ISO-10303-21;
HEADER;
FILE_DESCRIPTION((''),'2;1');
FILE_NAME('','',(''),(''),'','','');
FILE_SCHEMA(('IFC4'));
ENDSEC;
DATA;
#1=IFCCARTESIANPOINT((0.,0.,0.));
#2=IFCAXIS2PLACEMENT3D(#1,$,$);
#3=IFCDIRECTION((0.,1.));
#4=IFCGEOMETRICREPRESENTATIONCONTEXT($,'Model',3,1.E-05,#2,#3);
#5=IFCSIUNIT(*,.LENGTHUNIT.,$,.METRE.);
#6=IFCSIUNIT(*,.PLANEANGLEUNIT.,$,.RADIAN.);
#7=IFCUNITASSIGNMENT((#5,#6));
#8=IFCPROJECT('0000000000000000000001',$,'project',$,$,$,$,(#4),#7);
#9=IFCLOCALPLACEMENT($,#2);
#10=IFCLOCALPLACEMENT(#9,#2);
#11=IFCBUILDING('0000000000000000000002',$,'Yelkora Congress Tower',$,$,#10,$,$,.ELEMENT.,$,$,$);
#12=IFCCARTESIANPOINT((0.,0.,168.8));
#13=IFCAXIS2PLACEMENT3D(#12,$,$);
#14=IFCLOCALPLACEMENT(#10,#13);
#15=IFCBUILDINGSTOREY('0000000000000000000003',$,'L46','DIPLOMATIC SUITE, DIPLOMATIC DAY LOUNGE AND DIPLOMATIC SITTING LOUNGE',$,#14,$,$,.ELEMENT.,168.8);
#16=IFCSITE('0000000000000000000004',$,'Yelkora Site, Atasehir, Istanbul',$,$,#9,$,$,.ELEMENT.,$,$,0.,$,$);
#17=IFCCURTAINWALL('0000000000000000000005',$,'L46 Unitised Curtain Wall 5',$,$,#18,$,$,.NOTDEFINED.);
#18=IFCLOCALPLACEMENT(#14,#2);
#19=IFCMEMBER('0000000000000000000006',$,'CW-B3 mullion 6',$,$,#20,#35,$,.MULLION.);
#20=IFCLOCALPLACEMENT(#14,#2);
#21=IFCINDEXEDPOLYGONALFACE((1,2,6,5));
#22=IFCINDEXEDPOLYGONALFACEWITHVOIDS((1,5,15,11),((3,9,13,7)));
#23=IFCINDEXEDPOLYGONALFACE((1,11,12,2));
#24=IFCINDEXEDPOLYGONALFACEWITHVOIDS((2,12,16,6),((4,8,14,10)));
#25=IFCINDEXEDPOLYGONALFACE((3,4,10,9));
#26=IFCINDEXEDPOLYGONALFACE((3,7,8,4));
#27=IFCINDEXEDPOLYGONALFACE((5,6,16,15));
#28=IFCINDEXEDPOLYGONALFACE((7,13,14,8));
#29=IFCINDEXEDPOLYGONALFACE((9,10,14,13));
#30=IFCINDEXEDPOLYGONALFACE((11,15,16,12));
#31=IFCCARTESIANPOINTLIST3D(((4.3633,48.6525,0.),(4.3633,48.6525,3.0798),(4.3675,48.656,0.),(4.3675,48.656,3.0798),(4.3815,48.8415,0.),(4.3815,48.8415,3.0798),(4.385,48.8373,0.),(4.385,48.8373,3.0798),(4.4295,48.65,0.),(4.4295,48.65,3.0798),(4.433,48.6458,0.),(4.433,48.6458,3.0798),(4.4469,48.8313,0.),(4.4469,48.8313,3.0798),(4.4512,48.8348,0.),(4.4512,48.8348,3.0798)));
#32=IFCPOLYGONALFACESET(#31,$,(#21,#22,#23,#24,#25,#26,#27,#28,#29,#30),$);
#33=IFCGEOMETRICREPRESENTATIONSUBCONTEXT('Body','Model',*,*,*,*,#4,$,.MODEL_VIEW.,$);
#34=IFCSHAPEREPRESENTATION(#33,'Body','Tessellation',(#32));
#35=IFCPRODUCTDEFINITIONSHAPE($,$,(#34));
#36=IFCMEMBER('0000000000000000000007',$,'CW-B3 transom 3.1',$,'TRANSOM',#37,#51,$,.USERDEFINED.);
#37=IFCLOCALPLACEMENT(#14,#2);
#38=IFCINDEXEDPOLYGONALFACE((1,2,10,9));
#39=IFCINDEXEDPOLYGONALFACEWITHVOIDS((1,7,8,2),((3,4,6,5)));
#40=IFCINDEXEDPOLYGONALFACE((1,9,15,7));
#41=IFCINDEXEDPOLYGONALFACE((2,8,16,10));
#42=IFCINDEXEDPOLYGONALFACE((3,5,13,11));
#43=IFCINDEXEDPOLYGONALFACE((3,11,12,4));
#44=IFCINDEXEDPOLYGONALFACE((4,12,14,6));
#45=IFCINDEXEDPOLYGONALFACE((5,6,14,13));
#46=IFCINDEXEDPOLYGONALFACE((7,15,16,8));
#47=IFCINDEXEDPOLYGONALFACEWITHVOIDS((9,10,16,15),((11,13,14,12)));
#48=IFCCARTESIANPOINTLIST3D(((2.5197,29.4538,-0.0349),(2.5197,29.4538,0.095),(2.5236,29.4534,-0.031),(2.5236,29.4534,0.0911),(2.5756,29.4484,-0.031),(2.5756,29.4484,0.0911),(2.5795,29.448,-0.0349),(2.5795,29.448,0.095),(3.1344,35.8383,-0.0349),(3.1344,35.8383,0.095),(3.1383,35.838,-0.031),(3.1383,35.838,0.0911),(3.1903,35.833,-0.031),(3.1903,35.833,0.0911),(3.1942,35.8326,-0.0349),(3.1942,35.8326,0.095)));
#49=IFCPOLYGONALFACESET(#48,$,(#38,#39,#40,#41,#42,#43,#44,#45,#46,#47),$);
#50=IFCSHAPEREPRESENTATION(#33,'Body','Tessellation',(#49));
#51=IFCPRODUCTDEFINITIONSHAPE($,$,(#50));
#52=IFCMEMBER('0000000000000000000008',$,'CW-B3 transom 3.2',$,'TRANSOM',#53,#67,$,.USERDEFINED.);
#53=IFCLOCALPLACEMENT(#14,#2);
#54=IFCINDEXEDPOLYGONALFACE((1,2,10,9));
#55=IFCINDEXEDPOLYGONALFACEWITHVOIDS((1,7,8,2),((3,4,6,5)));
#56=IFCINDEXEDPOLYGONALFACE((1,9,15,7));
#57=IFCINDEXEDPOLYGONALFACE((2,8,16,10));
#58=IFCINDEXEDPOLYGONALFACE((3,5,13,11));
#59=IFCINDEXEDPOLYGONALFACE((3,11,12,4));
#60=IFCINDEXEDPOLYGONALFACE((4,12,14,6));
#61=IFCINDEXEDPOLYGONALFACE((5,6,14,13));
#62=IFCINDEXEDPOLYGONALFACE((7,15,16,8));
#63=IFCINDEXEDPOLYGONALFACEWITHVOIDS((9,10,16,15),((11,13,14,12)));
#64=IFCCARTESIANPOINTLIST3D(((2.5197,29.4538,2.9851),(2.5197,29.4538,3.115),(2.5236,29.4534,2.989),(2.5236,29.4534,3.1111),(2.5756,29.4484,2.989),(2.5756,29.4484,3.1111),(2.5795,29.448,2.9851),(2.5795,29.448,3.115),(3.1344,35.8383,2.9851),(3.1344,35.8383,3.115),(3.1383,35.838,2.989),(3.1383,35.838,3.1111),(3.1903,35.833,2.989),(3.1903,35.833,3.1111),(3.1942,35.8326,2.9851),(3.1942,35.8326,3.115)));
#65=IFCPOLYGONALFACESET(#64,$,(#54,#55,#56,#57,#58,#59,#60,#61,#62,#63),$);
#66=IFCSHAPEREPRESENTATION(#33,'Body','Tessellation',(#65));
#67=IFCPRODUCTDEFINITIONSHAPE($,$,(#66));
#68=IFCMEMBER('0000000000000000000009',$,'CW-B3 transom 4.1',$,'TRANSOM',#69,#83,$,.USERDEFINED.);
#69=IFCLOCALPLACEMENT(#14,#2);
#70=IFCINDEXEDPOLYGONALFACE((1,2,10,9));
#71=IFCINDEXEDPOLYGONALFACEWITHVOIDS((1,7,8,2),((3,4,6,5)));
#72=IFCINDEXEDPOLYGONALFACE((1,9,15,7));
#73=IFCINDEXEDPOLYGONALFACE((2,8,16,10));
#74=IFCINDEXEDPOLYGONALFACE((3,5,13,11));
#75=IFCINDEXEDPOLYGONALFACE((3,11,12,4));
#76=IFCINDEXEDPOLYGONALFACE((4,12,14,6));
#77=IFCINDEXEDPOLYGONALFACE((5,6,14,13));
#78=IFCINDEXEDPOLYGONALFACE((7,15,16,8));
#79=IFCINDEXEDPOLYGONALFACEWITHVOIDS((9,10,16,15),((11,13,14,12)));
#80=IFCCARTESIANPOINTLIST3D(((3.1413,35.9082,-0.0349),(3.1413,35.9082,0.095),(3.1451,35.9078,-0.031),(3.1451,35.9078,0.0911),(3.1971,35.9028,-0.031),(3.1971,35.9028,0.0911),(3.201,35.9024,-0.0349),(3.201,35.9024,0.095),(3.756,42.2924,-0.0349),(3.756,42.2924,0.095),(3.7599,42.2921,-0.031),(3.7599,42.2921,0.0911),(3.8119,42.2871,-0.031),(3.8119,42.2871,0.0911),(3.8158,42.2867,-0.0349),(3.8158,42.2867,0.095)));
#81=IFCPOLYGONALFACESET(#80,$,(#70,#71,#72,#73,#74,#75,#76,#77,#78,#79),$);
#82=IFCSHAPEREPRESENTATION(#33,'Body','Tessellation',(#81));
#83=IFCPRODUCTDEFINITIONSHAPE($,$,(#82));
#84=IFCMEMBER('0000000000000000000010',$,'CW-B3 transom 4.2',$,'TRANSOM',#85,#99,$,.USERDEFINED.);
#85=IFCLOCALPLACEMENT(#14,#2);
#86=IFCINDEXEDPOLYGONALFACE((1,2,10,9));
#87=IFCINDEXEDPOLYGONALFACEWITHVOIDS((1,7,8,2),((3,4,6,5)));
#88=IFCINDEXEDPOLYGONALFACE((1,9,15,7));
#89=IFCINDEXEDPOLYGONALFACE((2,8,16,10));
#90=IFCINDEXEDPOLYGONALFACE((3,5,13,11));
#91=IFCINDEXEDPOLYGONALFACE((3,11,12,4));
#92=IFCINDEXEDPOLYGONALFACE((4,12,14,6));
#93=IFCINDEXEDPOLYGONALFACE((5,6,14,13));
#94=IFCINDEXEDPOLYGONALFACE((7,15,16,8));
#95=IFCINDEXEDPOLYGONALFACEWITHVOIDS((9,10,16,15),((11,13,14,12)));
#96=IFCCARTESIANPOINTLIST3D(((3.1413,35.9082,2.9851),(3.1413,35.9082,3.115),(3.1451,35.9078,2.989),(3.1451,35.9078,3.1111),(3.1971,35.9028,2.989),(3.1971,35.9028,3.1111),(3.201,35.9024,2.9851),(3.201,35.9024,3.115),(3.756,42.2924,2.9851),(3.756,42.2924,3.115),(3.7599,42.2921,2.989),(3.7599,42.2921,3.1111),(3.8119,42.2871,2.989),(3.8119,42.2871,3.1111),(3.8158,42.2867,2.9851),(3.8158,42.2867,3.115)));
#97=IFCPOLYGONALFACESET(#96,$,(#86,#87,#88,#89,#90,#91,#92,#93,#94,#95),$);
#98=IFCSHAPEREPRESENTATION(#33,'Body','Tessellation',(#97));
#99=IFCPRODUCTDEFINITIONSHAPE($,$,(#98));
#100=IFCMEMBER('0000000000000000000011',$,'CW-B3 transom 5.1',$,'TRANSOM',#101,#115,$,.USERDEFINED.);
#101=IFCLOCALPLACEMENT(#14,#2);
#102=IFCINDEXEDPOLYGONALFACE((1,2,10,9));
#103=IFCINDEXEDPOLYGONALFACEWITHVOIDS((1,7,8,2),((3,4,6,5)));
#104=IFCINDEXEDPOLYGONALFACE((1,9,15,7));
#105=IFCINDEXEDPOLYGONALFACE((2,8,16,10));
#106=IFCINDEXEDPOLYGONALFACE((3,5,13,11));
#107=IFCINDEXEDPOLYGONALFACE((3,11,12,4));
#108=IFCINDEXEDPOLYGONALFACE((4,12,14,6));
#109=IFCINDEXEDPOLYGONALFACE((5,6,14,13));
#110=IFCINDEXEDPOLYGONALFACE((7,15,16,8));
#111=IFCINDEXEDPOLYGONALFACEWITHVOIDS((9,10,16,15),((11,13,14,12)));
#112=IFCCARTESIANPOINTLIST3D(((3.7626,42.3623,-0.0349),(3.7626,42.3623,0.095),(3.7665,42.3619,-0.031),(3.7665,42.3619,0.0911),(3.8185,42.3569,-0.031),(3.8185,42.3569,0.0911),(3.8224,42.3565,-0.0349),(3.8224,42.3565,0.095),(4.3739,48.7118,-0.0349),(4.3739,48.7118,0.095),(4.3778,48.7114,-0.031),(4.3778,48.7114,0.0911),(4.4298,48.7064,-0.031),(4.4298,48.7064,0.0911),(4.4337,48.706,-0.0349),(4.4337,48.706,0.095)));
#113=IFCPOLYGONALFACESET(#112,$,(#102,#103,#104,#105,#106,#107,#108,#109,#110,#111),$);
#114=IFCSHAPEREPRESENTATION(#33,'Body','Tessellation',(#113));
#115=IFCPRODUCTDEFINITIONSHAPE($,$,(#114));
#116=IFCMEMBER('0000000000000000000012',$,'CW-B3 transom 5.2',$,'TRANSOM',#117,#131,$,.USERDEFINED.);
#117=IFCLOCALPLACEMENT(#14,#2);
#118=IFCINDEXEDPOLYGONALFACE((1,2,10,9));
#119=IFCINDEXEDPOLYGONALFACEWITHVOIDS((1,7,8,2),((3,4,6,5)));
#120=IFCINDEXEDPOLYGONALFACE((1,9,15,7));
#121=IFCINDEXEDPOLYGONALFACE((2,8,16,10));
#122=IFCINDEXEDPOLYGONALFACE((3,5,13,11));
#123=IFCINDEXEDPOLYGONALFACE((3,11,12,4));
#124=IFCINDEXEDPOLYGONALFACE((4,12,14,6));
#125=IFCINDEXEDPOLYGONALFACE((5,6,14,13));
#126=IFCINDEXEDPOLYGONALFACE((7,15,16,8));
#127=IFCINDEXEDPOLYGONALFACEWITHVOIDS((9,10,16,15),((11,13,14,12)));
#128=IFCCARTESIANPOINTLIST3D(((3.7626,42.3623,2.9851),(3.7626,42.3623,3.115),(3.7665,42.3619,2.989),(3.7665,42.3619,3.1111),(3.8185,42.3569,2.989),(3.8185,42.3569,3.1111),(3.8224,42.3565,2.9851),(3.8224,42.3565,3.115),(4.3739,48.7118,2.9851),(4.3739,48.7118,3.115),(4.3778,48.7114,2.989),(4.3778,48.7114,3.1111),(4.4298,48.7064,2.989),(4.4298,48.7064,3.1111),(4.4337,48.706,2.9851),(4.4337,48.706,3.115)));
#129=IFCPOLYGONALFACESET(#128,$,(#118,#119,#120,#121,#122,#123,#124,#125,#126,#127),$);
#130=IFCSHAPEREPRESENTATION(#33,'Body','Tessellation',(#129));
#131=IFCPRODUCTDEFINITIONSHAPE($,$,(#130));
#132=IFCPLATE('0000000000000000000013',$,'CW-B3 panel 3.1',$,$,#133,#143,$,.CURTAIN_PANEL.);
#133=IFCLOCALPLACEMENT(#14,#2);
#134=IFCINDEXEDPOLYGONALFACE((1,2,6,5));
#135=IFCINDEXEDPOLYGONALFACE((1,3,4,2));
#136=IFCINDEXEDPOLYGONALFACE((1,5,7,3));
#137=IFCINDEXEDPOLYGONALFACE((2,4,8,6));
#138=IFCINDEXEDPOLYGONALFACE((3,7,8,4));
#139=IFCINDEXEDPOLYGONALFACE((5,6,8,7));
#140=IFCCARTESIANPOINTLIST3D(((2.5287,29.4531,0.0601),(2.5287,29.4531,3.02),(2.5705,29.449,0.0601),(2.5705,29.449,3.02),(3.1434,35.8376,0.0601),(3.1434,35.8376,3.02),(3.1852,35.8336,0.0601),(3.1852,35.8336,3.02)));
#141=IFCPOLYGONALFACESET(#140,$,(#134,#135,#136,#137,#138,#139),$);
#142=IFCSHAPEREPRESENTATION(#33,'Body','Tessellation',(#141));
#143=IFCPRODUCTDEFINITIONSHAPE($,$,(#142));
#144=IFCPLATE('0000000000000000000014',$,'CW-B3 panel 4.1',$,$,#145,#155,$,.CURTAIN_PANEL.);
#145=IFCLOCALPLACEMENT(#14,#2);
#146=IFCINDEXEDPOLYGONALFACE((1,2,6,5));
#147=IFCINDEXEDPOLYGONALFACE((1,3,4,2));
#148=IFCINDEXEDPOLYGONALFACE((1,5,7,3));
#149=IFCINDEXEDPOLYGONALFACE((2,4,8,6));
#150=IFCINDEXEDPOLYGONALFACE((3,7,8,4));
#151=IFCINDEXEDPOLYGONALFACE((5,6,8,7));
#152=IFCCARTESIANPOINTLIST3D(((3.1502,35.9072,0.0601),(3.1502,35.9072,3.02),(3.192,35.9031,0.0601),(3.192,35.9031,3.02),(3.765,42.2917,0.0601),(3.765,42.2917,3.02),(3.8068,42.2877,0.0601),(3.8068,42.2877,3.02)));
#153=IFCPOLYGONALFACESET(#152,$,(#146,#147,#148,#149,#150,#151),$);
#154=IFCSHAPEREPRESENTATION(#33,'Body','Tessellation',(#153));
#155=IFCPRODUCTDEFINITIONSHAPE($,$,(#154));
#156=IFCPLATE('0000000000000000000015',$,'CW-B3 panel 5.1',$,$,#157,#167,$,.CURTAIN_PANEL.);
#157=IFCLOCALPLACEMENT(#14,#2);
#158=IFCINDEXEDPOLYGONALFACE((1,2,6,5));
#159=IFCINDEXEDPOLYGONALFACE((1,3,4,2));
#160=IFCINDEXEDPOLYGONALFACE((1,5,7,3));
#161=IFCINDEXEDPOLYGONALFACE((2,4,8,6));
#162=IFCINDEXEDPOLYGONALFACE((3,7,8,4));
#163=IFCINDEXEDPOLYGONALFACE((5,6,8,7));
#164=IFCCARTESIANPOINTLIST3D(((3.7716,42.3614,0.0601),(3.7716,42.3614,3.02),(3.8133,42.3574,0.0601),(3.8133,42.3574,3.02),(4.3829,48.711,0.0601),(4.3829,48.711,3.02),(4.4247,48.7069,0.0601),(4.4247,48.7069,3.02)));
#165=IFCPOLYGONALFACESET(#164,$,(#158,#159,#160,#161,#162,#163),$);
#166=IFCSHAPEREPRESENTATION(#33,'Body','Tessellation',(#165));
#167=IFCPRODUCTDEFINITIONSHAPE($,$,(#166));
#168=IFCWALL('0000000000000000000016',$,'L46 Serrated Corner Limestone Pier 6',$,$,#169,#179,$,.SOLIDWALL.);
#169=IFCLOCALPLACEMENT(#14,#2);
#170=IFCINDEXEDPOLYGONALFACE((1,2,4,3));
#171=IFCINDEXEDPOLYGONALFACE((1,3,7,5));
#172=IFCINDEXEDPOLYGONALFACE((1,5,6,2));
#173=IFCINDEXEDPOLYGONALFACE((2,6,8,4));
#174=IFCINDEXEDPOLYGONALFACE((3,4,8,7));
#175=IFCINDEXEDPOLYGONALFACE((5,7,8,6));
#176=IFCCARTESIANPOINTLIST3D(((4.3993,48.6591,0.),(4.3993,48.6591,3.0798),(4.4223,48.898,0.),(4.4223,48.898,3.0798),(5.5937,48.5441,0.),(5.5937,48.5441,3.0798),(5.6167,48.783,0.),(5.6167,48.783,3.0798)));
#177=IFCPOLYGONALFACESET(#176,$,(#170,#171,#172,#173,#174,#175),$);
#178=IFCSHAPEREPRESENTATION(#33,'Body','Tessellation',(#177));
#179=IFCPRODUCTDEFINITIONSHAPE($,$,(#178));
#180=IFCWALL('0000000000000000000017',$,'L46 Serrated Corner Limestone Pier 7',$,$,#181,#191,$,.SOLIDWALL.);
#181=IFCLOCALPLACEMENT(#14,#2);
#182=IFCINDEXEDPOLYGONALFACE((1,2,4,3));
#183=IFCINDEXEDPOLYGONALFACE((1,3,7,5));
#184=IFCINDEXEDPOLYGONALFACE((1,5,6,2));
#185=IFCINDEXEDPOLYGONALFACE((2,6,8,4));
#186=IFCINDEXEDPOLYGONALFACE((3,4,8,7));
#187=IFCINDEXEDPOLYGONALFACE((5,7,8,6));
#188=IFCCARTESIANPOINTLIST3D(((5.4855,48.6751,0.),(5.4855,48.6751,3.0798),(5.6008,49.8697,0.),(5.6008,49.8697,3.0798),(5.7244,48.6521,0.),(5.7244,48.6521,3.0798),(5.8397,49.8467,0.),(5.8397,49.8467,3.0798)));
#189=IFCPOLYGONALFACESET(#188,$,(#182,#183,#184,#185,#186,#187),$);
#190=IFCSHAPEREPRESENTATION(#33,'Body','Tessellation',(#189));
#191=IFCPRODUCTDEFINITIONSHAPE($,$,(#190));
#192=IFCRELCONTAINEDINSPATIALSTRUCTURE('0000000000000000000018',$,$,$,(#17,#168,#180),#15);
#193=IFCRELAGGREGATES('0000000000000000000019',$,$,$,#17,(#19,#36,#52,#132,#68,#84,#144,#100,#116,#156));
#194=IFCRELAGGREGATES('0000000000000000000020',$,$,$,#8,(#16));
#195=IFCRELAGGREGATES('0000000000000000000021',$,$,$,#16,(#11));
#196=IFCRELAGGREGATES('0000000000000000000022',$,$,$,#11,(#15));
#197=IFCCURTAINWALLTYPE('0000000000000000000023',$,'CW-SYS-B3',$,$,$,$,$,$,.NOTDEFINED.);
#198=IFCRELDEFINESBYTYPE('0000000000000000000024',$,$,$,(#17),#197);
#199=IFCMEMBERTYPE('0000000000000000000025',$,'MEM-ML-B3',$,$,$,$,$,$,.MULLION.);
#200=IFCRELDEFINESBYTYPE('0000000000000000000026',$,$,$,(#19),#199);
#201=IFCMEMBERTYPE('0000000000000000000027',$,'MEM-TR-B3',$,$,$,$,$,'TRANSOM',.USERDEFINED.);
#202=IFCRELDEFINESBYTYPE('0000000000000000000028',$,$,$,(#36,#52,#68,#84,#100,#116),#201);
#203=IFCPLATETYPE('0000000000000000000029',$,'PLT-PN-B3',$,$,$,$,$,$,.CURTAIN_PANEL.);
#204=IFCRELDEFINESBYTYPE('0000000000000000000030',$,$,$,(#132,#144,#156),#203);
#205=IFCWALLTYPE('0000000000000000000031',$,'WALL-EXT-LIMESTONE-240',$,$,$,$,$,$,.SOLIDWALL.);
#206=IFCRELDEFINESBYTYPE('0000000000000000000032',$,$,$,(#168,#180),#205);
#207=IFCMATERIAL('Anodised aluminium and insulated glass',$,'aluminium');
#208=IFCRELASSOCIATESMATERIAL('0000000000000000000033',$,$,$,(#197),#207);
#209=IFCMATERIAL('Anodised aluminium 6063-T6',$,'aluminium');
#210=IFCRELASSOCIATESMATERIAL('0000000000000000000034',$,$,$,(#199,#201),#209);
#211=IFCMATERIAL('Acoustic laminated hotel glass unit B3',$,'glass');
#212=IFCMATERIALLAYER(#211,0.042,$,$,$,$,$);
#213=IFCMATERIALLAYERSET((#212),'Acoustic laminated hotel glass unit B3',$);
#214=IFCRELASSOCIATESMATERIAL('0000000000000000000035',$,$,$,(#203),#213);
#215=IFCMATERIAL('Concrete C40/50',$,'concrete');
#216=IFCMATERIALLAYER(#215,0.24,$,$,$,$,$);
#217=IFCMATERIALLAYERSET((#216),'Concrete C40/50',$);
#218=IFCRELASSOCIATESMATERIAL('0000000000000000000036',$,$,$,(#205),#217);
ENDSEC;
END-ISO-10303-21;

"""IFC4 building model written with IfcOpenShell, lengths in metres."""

from ifc_helpers import new_model, si_unit, direction, frame, frame_2d, origin, origin_2d, place, context, subcontext, project, spatial, rectangle, hollow_rectangle, extrude, material, layer, layer_set, material_profile, profile_set, type_object, element, aggregate, save


model = new_model("IFC4")

# Units and contexts
model_context = context("Model", 3, precision=1e-05, world=origin(), true_north=direction((0.0, 1.0)))
body_context = subcontext(model_context, "Body", "Model", "MODEL_VIEW")
ifc_project = project(units=[si_unit("LENGTHUNIT", "METRE"), si_unit("PLANEANGLEUNIT", "RADIAN")], contexts=[model_context])

# Site, building, storey
site_placement = place(None, origin())
site = spatial("IfcSite", under=ifc_project, at=site_placement, Name="Yelkora Site, Atasehir, Istanbul", CompositionType="ELEMENT", RefElevation=0.0)
building_placement = place(site_placement, origin())
building = spatial("IfcBuilding", under=site, at=building_placement, Name="Yelkora Congress Tower", CompositionType="ELEMENT")
storey_placement = place(building_placement, frame((0.0, 0.0, 168.8)))
storey = spatial("IfcBuildingStorey", under=building, at=storey_placement, Name="L46", Description="DIPLOMATIC SUITE, DIPLOMATIC DAY LOUNGE AND DIPLOMATIC SITTING LOUNGE", CompositionType="ELEMENT", Elevation=168.8)

# Curtain wall, members, plates
ifc_material_1 = material(Name="Anodised aluminium and insulated glass", Category="aluminium")
curtain_wall_type = type_object("IfcCurtainWallType", Name="CW-SYS-B3", PredefinedType="NOTDEFINED", material=ifc_material_1)
curtain_wall_placement = place(storey_placement, origin())
curtain_wall = element("IfcCurtainWall", 1, at=curtain_wall_placement, inside=storey, type_object=curtain_wall_type, Name="L46 Unitised Curtain Wall 5", PredefinedType="NOTDEFINED")
ifc_material_2 = material(Name="Anodised aluminium 6063-T6", Category="aluminium")
ifc_material_profile_1 = material_profile(ifc_material_2, hollow_rectangle(XDim=0.0701, YDim=0.1899, WallThickness=0.0039, at=origin_2d()), Name="ALU 70x190x4")
ifc_profile_set_1 = profile_set([ifc_material_profile_1], Name="Anodised aluminium 6063-T6")
member_type_1 = type_object("IfcMemberType", Name="MEM-ML-B3", PredefinedType="MULLION", material=ifc_profile_set_1)
member_1_placement = place(storey_placement, frame((4.4072, 48.7437, 0.0), z_axis=(0.0, 0.0, 1.0), x_axis=(-0.995396, 0.095845, 0.0)))
member_1 = element("IfcMember", 2, at=member_1_placement, type_object=member_type_1, Name="CW-B3 mullion 6", PredefinedType="MULLION", context=body_context, shape_type="SweptSolid", body=[
    extrude(hollow_rectangle(XDim=0.0701, YDim=0.1899, WallThickness=0.0039, at=origin_2d()), origin(), (0.0, 0.0, 1.0), 3.0798),
])
ifc_material_profile_2 = material_profile(ifc_material_2, hollow_rectangle(XDim=0.0601, YDim=0.1299, WallThickness=0.0039, at=origin_2d()), Name="ALU 60x130x4")
ifc_profile_set_2 = profile_set([ifc_material_profile_2], Name="Anodised aluminium 6063-T6")
member_type_2 = type_object("IfcMemberType", Name="MEM-TR-B3", ElementType="TRANSOM", PredefinedType="USERDEFINED", material=ifc_profile_set_2)
member_2_placement = place(storey_placement, frame((2.5496, 29.4509, 0.03), z_axis=(0.095844, 0.995396, 0.0), x_axis=(-0.995396, 0.095844, 0.0)))
member_2 = element("IfcMember", 3, at=member_2_placement, type_object=member_type_2, Name="CW-B3 transom 3.1", ObjectType="TRANSOM", PredefinedType="USERDEFINED", context=body_context, shape_type="SweptSolid", body=[
    extrude(hollow_rectangle(XDim=0.0601, YDim=0.1299, WallThickness=0.0039, at=origin_2d()), origin(), (0.0, 0.0, 1.0), 6.4141),
])
member_3_placement = place(storey_placement, frame((2.5496, 29.4509, 3.05), z_axis=(0.095844, 0.995396, 0.0), x_axis=(-0.995396, 0.095844, 0.0)))
member_3 = element("IfcMember", 4, at=member_3_placement, type_object=member_type_2, Name="CW-B3 transom 3.2", ObjectType="TRANSOM", PredefinedType="USERDEFINED", context=body_context, shape_type="SweptSolid", body=[
    extrude(hollow_rectangle(XDim=0.0601, YDim=0.1299, WallThickness=0.0039, at=origin_2d()), origin(), (0.0, 0.0, 1.0), 6.4141),
])
member_4_placement = place(storey_placement, frame((3.1711, 35.9053, 0.03), z_axis=(0.095847, 0.995396, 0.0), x_axis=(-0.995396, 0.095847, 0.0)))
member_4 = element("IfcMember", 5, at=member_4_placement, type_object=member_type_2, Name="CW-B3 transom 4.1", ObjectType="TRANSOM", PredefinedType="USERDEFINED", context=body_context, shape_type="SweptSolid", body=[
    extrude(hollow_rectangle(XDim=0.0601, YDim=0.1299, WallThickness=0.0039, at=origin_2d()), origin(), (0.0, 0.0, 1.0), 6.4138),
])
member_5_placement = place(storey_placement, frame((3.1711, 35.9053, 3.05), z_axis=(0.095847, 0.995396, 0.0), x_axis=(-0.995396, 0.095847, 0.0)))
member_5 = element("IfcMember", 6, at=member_5_placement, type_object=member_type_2, Name="CW-B3 transom 4.2", ObjectType="TRANSOM", PredefinedType="USERDEFINED", context=body_context, shape_type="SweptSolid", body=[
    extrude(hollow_rectangle(XDim=0.0601, YDim=0.1299, WallThickness=0.0039, at=origin_2d()), origin(), (0.0, 0.0, 1.0), 6.4138),
])
member_6_placement = place(storey_placement, frame((3.7925, 42.3594, 0.03), z_axis=(0.095835, 0.995397, 0.0), x_axis=(-0.995397, 0.095835, 0.0)))
member_6 = element("IfcMember", 7, at=member_6_placement, type_object=member_type_2, Name="CW-B3 transom 5.1", ObjectType="TRANSOM", PredefinedType="USERDEFINED", context=body_context, shape_type="SweptSolid", body=[
    extrude(hollow_rectangle(XDim=0.0601, YDim=0.1299, WallThickness=0.0039, at=origin_2d()), origin(), (0.0, 0.0, 1.0), 6.3789),
])
member_7_placement = place(storey_placement, frame((3.7925, 42.3594, 3.05), z_axis=(0.095835, 0.995397, 0.0), x_axis=(-0.995397, 0.095835, 0.0)))
member_7 = element("IfcMember", 8, at=member_7_placement, type_object=member_type_2, Name="CW-B3 transom 5.2", ObjectType="TRANSOM", PredefinedType="USERDEFINED", context=body_context, shape_type="SweptSolid", body=[
    extrude(hollow_rectangle(XDim=0.0601, YDim=0.1299, WallThickness=0.0039, at=origin_2d()), origin(), (0.0, 0.0, 1.0), 6.3789),
])
ifc_material_3 = material(Name="Acoustic laminated hotel glass unit B3", Category="glass")
ifc_layer_1 = layer(ifc_material_3, 0.042)
ifc_layer_set_1 = layer_set([ifc_layer_1], Name="Acoustic laminated hotel glass unit B3")
plate_type = type_object("IfcPlateType", Name="PLT-PN-B3", PredefinedType="CURTAIN_PANEL", material=ifc_layer_set_1)
plate_1_placement = place(storey_placement, frame((2.8569, 32.6433, 0.0601), z_axis=(0.0, 0.0, 1.0), x_axis=(0.095845, 0.995396, 0.0)))
plate_1 = element("IfcPlate", 9, at=plate_1_placement, type_object=plate_type, Name="CW-B3 panel 3.1", PredefinedType="CURTAIN_PANEL", context=body_context, shape_type="SweptSolid", body=[
    extrude(rectangle(XDim=6.4141, YDim=0.042, at=origin_2d()), origin(), (0.0, 0.0, 1.0), 2.96),
])
plate_2_placement = place(storey_placement, frame((3.4785, 39.0974, 0.0601), z_axis=(0.0, 0.0, 1.0), x_axis=(0.095845, 0.995396, 0.0)))
plate_2 = element("IfcPlate", 10, at=plate_2_placement, type_object=plate_type, Name="CW-B3 panel 4.1", PredefinedType="CURTAIN_PANEL", context=body_context, shape_type="SweptSolid", body=[
    extrude(rectangle(XDim=6.4141, YDim=0.042, at=origin_2d()), origin(), (0.0, 0.0, 1.0), 2.96),
])
plate_3_placement = place(storey_placement, frame((4.0981, 45.5342, 0.0601), z_axis=(0.0, 0.0, 1.0), x_axis=(0.095845, 0.995396, 0.0)))
plate_3 = element("IfcPlate", 11, at=plate_3_placement, type_object=plate_type, Name="CW-B3 panel 5.1", PredefinedType="CURTAIN_PANEL", context=body_context, shape_type="SweptSolid", body=[
    extrude(rectangle(XDim=6.3789, YDim=0.042, at=origin_2d()), origin(), (0.0, 0.0, 1.0), 2.96),
])
aggregate(curtain_wall, [member_1, member_2, member_3, plate_1, member_4, member_5, plate_2, member_6, member_7, plate_3])

# Walls
ifc_material_4 = material(Name="Concrete C40/50", Category="concrete")
ifc_layer_2 = layer(ifc_material_4, 0.24)
ifc_layer_set_2 = layer_set([ifc_layer_2], Name="Concrete C40/50")
wall_type_1 = type_object("IfcWallType", Name="WALL-EXT-LIMESTONE-240", PredefinedType="SOLIDWALL", material=ifc_layer_set_2)
wall_1_placement = place(storey_placement, frame((4.4106, 48.7786, 0.0), z_axis=(0.0, 0.0, 1.0), x_axis=(0.995397, -0.095836, 0.0)))
element("IfcWall", 12, at=wall_1_placement, inside=storey, type_object=wall_type_1, Name="L46 Serrated Corner Limestone Pier 6", PredefinedType="SOLIDWALL", context=body_context, shape_type="SweptSolid", body=[
    extrude(rectangle(XDim=1.2, YDim=0.24, at=frame_2d((0.6001, 0.0))), origin(), (0.0, 0.0, 1.0), 3.0798),
])
wall_2_placement = place(storey_placement, frame((5.605, 48.6636, 0.0), z_axis=(0.0, 0.0, 1.0), x_axis=(0.096019, 0.99538, 0.0)))
element("IfcWall", 13, at=wall_2_placement, inside=storey, type_object=wall_type_1, Name="L46 Serrated Corner Limestone Pier 7", PredefinedType="SOLIDWALL", context=body_context, shape_type="SweptSolid", body=[
    extrude(rectangle(XDim=1.2002, YDim=0.24, at=frame_2d((0.6001, 0.0))), origin(), (0.0, 0.0, 1.0), 3.0798),
])

save(model, "model.ifc")
